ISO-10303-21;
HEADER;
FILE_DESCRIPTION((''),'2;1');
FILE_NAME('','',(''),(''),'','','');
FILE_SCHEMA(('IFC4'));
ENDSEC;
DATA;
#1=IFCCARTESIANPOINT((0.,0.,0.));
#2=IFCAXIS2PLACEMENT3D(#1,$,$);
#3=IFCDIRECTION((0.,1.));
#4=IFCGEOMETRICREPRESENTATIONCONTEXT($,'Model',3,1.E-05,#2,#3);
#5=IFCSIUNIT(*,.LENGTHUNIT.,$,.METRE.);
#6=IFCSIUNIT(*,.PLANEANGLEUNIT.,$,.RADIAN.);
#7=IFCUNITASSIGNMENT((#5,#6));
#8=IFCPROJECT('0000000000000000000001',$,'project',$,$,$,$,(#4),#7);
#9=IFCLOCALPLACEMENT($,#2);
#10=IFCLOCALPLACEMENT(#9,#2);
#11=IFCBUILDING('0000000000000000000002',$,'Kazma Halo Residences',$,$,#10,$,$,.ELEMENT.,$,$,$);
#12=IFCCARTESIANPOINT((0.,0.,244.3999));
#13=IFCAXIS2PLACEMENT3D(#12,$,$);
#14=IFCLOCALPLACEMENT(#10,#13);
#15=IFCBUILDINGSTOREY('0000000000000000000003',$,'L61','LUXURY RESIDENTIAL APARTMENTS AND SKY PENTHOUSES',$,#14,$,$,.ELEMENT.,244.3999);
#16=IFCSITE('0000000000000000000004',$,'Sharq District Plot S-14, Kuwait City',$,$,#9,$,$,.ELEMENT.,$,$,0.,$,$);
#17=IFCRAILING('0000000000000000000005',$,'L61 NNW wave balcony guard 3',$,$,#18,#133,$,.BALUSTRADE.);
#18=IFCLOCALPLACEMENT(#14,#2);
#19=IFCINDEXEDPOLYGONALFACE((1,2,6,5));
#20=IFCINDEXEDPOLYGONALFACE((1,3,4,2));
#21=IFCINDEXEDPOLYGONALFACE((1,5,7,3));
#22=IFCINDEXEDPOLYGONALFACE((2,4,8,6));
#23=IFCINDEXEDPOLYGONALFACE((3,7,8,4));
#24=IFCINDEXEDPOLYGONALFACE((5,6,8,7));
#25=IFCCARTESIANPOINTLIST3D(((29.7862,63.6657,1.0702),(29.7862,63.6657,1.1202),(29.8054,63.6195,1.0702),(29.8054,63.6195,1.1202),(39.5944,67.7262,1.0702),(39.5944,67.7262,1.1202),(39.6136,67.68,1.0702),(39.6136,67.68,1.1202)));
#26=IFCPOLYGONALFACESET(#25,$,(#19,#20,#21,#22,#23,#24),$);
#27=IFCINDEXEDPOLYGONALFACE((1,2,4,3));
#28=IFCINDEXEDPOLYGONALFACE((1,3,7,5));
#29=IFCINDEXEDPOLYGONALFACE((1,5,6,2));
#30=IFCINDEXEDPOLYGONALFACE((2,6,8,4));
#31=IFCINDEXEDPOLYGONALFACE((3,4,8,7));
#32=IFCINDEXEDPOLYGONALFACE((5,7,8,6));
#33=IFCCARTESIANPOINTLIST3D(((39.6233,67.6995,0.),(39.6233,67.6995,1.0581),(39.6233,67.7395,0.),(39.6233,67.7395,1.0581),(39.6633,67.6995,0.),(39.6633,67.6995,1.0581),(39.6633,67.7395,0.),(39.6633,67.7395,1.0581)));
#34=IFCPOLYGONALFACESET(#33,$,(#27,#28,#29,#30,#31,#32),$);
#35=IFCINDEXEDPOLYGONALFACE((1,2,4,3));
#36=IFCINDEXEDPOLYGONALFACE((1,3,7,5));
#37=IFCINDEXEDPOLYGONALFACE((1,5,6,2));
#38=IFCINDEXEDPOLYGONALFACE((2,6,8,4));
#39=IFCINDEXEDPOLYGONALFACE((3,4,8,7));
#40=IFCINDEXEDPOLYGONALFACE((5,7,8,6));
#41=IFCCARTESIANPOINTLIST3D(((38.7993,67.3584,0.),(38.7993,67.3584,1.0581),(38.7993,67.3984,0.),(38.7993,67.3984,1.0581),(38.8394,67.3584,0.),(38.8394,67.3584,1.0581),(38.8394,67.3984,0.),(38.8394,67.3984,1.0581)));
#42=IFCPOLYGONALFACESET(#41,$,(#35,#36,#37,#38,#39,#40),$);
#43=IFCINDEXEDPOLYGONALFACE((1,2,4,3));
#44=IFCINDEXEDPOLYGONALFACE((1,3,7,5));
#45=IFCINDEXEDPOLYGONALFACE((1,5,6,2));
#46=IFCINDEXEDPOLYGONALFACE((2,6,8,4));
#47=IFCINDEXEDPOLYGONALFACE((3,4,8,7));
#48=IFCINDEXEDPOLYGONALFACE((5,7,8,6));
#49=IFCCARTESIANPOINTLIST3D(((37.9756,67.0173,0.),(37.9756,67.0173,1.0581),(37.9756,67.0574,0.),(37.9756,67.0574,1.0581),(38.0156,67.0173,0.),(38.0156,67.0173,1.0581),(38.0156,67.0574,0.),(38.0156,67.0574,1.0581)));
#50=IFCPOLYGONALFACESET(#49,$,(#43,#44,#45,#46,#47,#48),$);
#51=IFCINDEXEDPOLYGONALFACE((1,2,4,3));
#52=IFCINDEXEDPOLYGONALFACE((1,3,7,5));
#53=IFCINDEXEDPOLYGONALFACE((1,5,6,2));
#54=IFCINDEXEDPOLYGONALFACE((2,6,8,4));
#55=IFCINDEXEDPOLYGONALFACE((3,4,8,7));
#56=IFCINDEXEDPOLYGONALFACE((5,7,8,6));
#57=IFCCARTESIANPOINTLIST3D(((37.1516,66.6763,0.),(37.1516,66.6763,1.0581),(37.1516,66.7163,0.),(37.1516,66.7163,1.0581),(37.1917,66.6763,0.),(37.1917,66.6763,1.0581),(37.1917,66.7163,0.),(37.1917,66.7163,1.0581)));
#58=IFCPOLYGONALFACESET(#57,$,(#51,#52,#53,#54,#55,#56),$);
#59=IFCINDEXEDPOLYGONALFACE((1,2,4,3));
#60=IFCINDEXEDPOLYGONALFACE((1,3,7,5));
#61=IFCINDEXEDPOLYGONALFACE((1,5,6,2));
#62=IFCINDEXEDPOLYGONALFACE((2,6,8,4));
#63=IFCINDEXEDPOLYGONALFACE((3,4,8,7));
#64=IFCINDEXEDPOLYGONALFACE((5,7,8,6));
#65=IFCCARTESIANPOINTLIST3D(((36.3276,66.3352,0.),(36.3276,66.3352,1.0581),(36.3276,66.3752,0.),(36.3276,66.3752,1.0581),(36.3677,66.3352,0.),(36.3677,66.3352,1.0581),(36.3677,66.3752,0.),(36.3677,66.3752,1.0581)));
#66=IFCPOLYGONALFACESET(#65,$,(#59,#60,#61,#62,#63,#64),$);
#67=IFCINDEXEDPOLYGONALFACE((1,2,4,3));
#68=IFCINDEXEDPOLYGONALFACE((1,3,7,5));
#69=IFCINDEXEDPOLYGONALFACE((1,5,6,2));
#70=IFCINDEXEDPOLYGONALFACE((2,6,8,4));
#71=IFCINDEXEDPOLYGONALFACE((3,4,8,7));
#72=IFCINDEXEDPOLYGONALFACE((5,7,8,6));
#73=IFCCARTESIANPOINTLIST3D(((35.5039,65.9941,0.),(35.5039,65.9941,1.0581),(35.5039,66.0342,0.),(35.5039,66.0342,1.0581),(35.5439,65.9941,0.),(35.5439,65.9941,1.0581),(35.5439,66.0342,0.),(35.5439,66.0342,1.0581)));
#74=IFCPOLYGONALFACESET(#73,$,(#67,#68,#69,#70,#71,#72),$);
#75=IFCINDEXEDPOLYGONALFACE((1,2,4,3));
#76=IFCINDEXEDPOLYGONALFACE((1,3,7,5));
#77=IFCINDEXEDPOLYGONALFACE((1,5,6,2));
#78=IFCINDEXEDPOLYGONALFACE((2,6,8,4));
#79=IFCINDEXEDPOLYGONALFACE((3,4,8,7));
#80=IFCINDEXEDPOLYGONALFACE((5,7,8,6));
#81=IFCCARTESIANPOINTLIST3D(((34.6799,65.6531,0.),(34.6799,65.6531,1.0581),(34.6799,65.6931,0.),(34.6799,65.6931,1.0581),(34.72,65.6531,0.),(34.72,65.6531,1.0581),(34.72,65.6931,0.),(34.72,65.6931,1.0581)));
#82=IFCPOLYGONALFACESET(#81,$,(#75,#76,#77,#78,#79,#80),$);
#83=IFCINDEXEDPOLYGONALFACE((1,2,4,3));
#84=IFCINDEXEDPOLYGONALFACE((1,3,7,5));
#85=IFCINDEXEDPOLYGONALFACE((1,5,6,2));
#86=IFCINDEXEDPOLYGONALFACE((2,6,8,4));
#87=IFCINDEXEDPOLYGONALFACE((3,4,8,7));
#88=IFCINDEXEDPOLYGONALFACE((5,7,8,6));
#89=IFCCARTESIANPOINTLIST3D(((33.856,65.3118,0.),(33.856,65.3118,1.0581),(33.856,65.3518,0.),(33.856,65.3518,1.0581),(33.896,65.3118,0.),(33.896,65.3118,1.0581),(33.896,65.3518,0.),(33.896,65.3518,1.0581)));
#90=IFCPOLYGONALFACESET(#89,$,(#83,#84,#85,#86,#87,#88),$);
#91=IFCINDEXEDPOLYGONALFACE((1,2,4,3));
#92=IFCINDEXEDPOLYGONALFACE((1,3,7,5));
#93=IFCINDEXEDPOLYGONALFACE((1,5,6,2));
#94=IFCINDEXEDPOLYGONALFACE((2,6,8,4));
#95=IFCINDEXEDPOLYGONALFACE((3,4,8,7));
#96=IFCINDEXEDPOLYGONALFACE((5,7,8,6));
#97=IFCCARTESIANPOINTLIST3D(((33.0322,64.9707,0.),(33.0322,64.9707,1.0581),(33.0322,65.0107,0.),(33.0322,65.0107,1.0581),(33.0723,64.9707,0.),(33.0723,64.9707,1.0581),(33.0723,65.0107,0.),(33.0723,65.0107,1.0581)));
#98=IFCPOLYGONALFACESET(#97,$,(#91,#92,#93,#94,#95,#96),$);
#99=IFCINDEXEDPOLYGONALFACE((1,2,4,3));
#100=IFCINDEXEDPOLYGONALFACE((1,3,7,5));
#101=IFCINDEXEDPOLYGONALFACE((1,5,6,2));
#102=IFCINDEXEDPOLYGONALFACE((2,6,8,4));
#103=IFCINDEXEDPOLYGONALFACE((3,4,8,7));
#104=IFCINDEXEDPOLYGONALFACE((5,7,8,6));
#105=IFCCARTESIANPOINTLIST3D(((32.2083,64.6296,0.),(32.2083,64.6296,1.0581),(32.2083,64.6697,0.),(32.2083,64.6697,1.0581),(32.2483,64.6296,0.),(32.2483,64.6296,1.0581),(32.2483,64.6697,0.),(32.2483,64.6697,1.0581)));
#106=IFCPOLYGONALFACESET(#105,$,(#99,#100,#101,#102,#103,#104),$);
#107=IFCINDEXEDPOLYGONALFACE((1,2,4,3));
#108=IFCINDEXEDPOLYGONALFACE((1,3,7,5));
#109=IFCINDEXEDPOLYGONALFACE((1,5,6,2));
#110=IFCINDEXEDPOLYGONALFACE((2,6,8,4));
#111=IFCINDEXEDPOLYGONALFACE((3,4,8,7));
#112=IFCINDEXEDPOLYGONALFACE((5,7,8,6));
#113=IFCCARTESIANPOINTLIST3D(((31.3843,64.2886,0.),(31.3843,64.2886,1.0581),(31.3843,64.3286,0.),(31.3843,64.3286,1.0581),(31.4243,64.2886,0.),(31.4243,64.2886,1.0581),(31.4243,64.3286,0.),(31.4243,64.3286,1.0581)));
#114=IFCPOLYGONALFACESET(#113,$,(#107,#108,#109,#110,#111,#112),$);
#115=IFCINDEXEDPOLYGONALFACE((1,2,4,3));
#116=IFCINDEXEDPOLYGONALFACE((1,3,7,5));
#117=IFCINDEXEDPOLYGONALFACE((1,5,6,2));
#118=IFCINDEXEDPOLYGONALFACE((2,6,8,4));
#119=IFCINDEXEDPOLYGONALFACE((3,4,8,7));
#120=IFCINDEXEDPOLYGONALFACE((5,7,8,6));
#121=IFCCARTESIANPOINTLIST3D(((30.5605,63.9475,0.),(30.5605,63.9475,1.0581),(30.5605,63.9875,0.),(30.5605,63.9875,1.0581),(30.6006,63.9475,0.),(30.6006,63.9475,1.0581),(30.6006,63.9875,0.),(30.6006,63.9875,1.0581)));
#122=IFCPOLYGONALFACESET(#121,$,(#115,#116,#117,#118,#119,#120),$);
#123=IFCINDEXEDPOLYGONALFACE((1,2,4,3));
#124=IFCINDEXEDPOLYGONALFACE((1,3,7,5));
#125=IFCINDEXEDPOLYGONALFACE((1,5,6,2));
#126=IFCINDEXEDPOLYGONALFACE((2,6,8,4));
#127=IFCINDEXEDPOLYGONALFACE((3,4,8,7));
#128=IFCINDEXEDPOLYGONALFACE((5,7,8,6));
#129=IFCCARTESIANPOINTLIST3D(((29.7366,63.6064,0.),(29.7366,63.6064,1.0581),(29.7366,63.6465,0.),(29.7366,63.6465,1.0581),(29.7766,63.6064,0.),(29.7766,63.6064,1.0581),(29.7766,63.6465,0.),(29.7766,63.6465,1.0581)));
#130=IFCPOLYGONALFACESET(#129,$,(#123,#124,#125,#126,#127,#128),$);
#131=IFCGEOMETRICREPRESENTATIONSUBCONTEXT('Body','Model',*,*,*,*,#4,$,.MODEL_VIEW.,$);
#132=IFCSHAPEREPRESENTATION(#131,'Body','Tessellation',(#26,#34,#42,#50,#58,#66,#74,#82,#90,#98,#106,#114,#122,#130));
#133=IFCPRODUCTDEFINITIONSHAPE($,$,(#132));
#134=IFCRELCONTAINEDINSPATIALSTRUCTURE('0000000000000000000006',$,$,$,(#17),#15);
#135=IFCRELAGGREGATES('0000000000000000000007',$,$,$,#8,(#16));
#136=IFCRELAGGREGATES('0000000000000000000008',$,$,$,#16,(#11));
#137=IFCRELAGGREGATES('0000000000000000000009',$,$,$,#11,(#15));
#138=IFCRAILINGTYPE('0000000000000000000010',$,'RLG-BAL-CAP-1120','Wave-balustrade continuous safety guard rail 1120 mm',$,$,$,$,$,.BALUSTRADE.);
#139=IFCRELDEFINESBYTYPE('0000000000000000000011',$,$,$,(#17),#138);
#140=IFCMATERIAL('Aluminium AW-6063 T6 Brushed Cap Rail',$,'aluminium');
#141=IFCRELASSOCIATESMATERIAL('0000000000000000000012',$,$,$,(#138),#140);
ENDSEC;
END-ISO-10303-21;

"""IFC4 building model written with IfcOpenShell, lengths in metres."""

from ifc_helpers import new_model, si_unit, direction, frame, origin, origin_2d, place, context, subcontext, project, spatial, rectangle, extrude, material, type_object, element, save


model = new_model("IFC4")

# Units and contexts
model_context = context("Model", 3, precision=1e-05, world=origin(), true_north=direction((0.0, 1.0)))
body_context = subcontext(model_context, "Body", "Model", "MODEL_VIEW")
ifc_project = project(units=[si_unit("LENGTHUNIT", "METRE"), si_unit("PLANEANGLEUNIT", "RADIAN")], contexts=[model_context])

# Site, building, storey
site_placement = place(None, origin())
site = spatial("IfcSite", under=ifc_project, at=site_placement, Name="Sharq District Plot S-14, Kuwait City", CompositionType="ELEMENT", RefElevation=0.0)
building_placement = place(site_placement, origin())
building = spatial("IfcBuilding", under=site, at=building_placement, Name="Kazma Halo Residences", CompositionType="ELEMENT")
storey_placement = place(building_placement, frame((0.0, 0.0, 244.3999)))
storey = spatial("IfcBuildingStorey", under=building, at=storey_placement, Name="L61", Description="LUXURY RESIDENTIAL APARTMENTS AND SKY PENTHOUSES", CompositionType="ELEMENT", Elevation=244.3999)

# Railing
ifc_material_1 = material(Name="Aluminium AW-6063 T6 Brushed Cap Rail", Category="aluminium")
railing_type = type_object("IfcRailingType", Name="RLG-BAL-CAP-1120", Description="Wave-balustrade continuous safety guard rail 1120 mm", PredefinedType="BALUSTRADE", material=ifc_material_1)
railing_placement = place(storey_placement, frame((39.6433, 67.7195, 0.0)))
element("IfcRailing", 1, at=railing_placement, inside=storey, type_object=railing_type, Name="L61 NNW wave balcony guard 3", PredefinedType="BALUSTRADE", context=body_context, shape_type="SweptSolid", body=[
    extrude(rectangle(XDim=0.05, YDim=0.05, at=origin_2d()), frame((-0.0393, -0.0164, 1.0952), z_axis=(-0.923952, -0.382508, 0.0), x_axis=(0.382508, -0.923952, 0.0)), (0.0, 0.0, 1.0), 10.6155),
    extrude(rectangle(XDim=0.04, YDim=0.04, at=origin_2d()), origin(), (0.0, 0.0, 1.0), 1.0581),
    extrude(rectangle(XDim=0.04, YDim=0.04, at=origin_2d()), frame((-0.824, -0.3411, 0.0)), (0.0, 0.0, 1.0), 1.0581),
    extrude(rectangle(XDim=0.04, YDim=0.04, at=origin_2d()), frame((-1.6477, -0.6821, 0.0)), (0.0, 0.0, 1.0), 1.0581),
    extrude(rectangle(XDim=0.04, YDim=0.04, at=origin_2d()), frame((-2.4717, -1.0232, 0.0)), (0.0, 0.0, 1.0), 1.0581),
    extrude(rectangle(XDim=0.04, YDim=0.04, at=origin_2d()), frame((-3.2957, -1.3643, 0.0)), (0.0, 0.0, 1.0), 1.0581),
    extrude(rectangle(XDim=0.04, YDim=0.04, at=origin_2d()), frame((-4.1194, -1.7053, 0.0)), (0.0, 0.0, 1.0), 1.0581),
    extrude(rectangle(XDim=0.04, YDim=0.04, at=origin_2d()), frame((-4.9434, -2.0464, 0.0)), (0.0, 0.0, 1.0), 1.0581),
    extrude(rectangle(XDim=0.04, YDim=0.04, at=origin_2d()), frame((-5.7673, -2.3877, 0.0)), (0.0, 0.0, 1.0), 1.0581),
    extrude(rectangle(XDim=0.04, YDim=0.04, at=origin_2d()), frame((-6.5911, -2.7288, 0.0)), (0.0, 0.0, 1.0), 1.0581),
    extrude(rectangle(XDim=0.04, YDim=0.04, at=origin_2d()), frame((-7.415, -3.0698, 0.0)), (0.0, 0.0, 1.0), 1.0581),
    extrude(rectangle(XDim=0.04, YDim=0.04, at=origin_2d()), frame((-8.239, -3.4109, 0.0)), (0.0, 0.0, 1.0), 1.0581),
    extrude(rectangle(XDim=0.04, YDim=0.04, at=origin_2d()), frame((-9.0627, -3.752, 0.0)), (0.0, 0.0, 1.0), 1.0581),
    extrude(rectangle(XDim=0.04, YDim=0.04, at=origin_2d()), frame((-9.8867, -4.093, 0.0)), (0.0, 0.0, 1.0), 1.0581),
])

save(model, "model.ifc")
